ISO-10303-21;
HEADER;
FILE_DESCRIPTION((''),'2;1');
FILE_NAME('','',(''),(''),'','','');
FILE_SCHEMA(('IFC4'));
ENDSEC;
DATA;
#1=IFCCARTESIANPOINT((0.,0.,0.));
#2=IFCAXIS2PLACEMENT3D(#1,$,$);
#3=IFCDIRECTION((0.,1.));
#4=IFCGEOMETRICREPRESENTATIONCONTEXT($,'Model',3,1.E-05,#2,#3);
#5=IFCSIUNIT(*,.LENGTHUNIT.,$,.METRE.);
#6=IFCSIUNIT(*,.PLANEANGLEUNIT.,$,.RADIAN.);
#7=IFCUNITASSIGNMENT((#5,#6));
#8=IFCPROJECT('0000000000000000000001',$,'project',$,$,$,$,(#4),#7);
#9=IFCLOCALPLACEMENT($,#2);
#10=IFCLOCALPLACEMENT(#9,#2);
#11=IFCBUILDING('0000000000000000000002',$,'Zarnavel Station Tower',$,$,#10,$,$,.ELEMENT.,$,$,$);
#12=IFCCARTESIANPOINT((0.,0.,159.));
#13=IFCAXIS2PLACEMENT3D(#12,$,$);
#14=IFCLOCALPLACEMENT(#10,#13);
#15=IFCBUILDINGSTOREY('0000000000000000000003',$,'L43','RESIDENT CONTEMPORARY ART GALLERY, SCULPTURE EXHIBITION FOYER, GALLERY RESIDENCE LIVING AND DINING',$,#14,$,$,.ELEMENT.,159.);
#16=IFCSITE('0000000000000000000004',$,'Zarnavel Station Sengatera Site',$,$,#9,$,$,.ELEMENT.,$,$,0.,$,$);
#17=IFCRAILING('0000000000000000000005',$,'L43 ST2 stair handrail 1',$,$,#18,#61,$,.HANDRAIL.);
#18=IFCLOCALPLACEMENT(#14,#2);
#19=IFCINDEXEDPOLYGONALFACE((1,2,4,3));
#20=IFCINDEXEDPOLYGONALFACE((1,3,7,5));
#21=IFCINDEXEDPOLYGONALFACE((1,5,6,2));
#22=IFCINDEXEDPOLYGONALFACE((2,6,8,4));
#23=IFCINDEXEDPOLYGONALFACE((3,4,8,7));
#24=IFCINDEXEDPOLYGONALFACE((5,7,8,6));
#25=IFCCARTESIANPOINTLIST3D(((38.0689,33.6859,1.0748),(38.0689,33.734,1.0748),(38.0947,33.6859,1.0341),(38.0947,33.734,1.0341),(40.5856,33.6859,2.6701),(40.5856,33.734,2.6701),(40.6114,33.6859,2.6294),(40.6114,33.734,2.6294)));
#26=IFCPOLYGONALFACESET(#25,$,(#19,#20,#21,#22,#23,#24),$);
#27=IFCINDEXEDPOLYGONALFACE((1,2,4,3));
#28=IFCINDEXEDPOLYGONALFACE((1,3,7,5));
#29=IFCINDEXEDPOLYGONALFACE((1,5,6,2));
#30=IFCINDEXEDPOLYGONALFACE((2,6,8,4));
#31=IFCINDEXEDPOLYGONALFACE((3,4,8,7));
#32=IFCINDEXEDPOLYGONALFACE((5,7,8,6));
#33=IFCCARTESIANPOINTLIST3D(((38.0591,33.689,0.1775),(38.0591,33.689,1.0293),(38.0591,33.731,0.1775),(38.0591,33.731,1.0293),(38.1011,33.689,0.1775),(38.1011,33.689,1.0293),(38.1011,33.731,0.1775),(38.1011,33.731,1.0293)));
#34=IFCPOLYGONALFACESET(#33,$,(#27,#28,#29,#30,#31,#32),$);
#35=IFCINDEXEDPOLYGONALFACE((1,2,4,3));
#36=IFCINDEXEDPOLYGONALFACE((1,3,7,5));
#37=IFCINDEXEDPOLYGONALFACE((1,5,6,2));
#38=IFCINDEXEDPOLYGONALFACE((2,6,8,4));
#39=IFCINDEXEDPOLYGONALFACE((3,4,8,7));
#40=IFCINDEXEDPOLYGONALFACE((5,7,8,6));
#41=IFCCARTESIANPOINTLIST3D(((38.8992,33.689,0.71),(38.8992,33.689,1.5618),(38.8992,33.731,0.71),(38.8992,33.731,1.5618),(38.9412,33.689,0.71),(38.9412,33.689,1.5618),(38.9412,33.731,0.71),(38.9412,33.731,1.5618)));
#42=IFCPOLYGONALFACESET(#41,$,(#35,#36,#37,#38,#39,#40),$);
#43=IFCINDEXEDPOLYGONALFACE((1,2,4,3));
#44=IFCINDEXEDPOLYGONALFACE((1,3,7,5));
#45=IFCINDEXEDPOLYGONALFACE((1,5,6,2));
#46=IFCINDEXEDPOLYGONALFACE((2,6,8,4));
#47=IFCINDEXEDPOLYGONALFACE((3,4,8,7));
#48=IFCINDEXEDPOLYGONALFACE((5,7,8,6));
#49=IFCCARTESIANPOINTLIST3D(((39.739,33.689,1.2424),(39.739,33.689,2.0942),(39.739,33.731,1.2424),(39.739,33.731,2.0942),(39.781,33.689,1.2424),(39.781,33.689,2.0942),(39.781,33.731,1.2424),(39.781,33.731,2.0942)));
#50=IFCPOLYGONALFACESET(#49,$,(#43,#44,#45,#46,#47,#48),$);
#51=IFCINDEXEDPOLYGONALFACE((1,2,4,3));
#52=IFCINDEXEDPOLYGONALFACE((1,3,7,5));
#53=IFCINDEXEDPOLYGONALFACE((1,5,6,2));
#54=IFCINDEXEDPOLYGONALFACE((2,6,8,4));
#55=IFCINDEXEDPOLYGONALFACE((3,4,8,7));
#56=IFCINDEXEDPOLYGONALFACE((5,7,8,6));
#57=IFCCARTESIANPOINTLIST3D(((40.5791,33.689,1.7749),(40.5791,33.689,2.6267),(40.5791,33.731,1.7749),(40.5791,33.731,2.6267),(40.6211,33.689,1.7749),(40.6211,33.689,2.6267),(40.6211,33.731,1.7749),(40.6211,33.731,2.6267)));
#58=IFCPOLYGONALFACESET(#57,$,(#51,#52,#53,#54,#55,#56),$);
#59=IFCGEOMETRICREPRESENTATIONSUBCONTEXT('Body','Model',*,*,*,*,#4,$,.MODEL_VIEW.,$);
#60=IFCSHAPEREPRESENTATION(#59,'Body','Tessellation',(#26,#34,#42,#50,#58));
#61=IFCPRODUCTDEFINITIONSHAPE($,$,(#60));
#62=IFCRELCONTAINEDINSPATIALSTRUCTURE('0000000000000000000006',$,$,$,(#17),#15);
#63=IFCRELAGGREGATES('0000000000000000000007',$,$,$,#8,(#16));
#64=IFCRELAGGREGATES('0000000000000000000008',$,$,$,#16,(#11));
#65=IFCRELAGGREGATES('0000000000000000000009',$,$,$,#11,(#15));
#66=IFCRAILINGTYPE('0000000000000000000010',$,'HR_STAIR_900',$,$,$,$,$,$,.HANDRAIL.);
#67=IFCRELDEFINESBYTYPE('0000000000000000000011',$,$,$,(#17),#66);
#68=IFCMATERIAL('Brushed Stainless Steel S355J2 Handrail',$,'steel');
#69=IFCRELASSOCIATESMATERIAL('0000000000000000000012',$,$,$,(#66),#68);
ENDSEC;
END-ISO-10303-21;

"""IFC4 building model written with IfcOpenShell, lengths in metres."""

from ifc_helpers import new_model, si_unit, direction, frame, origin, origin_2d, place, context, subcontext, project, spatial, rectangle, extrude, material, type_object, element, save


model = new_model("IFC4")

# Units and contexts
model_context = context("Model", 3, precision=1e-05, world=origin(), true_north=direction((0.0, 1.0)))
body_context = subcontext(model_context, "Body", "Model", "MODEL_VIEW")
ifc_project = project(units=[si_unit("LENGTHUNIT", "METRE"), si_unit("PLANEANGLEUNIT", "RADIAN")], contexts=[model_context])

# Site, building, storey
site_placement = place(None, origin())
site = spatial("IfcSite", under=ifc_project, at=site_placement, Name="Zarnavel Station Sengatera Site", CompositionType="ELEMENT", RefElevation=0.0)
building_placement = place(site_placement, origin())
building = spatial("IfcBuilding", under=site, at=building_placement, Name="Zarnavel Station Tower", CompositionType="ELEMENT")
storey_placement = place(building_placement, frame((0.0, 0.0, 159.0)))
storey = spatial("IfcBuildingStorey", under=building, at=storey_placement, Name="L43", Description="RESIDENT CONTEMPORARY ART GALLERY, SCULPTURE EXHIBITION FOYER, GALLERY RESIDENCE LIVING AND DINING", CompositionType="ELEMENT", Elevation=159.0)

# Railing
ifc_material_1 = material(Name="Brushed Stainless Steel S355J2 Handrail", Category="steel")
railing_type_1 = type_object("IfcRailingType", Name="HR_STAIR_900", PredefinedType="HANDRAIL", material=ifc_material_1)
railing_1_placement = place(storey_placement, frame((38.0801, 33.71, 0.1775)))
element("IfcRailing", 1, at=railing_1_placement, inside=storey, type_object=railing_type_1, Name="L43 ST2 stair handrail 1", PredefinedType="HANDRAIL", context=body_context, shape_type="SweptSolid", body=[
    extrude(rectangle(XDim=0.0481, YDim=0.0481, at=origin_2d()), frame((0.0017, 0.0, 0.877), z_axis=(0.844607, 0.0, 0.535387), x_axis=(0.0, 1.0, 0.0)), (0.0, 0.0, 1.0), 2.9797),
    extrude(rectangle(XDim=0.042, YDim=0.042, at=origin_2d()), origin(), (0.0, 0.0, 1.0), 0.8518),
    extrude(rectangle(XDim=0.042, YDim=0.042, at=origin_2d()), frame((0.8401, 0.0, 0.5325)), (0.0, 0.0, 1.0), 0.8518),
    extrude(rectangle(XDim=0.042, YDim=0.042, at=origin_2d()), frame((1.6799, 0.0, 1.0649)), (0.0, 0.0, 1.0), 0.8518),
    extrude(rectangle(XDim=0.042, YDim=0.042, at=origin_2d()), frame((2.52, 0.0, 1.5974)), (0.0, 0.0, 1.0), 0.8518),
])

save(model, "model.ifc")
